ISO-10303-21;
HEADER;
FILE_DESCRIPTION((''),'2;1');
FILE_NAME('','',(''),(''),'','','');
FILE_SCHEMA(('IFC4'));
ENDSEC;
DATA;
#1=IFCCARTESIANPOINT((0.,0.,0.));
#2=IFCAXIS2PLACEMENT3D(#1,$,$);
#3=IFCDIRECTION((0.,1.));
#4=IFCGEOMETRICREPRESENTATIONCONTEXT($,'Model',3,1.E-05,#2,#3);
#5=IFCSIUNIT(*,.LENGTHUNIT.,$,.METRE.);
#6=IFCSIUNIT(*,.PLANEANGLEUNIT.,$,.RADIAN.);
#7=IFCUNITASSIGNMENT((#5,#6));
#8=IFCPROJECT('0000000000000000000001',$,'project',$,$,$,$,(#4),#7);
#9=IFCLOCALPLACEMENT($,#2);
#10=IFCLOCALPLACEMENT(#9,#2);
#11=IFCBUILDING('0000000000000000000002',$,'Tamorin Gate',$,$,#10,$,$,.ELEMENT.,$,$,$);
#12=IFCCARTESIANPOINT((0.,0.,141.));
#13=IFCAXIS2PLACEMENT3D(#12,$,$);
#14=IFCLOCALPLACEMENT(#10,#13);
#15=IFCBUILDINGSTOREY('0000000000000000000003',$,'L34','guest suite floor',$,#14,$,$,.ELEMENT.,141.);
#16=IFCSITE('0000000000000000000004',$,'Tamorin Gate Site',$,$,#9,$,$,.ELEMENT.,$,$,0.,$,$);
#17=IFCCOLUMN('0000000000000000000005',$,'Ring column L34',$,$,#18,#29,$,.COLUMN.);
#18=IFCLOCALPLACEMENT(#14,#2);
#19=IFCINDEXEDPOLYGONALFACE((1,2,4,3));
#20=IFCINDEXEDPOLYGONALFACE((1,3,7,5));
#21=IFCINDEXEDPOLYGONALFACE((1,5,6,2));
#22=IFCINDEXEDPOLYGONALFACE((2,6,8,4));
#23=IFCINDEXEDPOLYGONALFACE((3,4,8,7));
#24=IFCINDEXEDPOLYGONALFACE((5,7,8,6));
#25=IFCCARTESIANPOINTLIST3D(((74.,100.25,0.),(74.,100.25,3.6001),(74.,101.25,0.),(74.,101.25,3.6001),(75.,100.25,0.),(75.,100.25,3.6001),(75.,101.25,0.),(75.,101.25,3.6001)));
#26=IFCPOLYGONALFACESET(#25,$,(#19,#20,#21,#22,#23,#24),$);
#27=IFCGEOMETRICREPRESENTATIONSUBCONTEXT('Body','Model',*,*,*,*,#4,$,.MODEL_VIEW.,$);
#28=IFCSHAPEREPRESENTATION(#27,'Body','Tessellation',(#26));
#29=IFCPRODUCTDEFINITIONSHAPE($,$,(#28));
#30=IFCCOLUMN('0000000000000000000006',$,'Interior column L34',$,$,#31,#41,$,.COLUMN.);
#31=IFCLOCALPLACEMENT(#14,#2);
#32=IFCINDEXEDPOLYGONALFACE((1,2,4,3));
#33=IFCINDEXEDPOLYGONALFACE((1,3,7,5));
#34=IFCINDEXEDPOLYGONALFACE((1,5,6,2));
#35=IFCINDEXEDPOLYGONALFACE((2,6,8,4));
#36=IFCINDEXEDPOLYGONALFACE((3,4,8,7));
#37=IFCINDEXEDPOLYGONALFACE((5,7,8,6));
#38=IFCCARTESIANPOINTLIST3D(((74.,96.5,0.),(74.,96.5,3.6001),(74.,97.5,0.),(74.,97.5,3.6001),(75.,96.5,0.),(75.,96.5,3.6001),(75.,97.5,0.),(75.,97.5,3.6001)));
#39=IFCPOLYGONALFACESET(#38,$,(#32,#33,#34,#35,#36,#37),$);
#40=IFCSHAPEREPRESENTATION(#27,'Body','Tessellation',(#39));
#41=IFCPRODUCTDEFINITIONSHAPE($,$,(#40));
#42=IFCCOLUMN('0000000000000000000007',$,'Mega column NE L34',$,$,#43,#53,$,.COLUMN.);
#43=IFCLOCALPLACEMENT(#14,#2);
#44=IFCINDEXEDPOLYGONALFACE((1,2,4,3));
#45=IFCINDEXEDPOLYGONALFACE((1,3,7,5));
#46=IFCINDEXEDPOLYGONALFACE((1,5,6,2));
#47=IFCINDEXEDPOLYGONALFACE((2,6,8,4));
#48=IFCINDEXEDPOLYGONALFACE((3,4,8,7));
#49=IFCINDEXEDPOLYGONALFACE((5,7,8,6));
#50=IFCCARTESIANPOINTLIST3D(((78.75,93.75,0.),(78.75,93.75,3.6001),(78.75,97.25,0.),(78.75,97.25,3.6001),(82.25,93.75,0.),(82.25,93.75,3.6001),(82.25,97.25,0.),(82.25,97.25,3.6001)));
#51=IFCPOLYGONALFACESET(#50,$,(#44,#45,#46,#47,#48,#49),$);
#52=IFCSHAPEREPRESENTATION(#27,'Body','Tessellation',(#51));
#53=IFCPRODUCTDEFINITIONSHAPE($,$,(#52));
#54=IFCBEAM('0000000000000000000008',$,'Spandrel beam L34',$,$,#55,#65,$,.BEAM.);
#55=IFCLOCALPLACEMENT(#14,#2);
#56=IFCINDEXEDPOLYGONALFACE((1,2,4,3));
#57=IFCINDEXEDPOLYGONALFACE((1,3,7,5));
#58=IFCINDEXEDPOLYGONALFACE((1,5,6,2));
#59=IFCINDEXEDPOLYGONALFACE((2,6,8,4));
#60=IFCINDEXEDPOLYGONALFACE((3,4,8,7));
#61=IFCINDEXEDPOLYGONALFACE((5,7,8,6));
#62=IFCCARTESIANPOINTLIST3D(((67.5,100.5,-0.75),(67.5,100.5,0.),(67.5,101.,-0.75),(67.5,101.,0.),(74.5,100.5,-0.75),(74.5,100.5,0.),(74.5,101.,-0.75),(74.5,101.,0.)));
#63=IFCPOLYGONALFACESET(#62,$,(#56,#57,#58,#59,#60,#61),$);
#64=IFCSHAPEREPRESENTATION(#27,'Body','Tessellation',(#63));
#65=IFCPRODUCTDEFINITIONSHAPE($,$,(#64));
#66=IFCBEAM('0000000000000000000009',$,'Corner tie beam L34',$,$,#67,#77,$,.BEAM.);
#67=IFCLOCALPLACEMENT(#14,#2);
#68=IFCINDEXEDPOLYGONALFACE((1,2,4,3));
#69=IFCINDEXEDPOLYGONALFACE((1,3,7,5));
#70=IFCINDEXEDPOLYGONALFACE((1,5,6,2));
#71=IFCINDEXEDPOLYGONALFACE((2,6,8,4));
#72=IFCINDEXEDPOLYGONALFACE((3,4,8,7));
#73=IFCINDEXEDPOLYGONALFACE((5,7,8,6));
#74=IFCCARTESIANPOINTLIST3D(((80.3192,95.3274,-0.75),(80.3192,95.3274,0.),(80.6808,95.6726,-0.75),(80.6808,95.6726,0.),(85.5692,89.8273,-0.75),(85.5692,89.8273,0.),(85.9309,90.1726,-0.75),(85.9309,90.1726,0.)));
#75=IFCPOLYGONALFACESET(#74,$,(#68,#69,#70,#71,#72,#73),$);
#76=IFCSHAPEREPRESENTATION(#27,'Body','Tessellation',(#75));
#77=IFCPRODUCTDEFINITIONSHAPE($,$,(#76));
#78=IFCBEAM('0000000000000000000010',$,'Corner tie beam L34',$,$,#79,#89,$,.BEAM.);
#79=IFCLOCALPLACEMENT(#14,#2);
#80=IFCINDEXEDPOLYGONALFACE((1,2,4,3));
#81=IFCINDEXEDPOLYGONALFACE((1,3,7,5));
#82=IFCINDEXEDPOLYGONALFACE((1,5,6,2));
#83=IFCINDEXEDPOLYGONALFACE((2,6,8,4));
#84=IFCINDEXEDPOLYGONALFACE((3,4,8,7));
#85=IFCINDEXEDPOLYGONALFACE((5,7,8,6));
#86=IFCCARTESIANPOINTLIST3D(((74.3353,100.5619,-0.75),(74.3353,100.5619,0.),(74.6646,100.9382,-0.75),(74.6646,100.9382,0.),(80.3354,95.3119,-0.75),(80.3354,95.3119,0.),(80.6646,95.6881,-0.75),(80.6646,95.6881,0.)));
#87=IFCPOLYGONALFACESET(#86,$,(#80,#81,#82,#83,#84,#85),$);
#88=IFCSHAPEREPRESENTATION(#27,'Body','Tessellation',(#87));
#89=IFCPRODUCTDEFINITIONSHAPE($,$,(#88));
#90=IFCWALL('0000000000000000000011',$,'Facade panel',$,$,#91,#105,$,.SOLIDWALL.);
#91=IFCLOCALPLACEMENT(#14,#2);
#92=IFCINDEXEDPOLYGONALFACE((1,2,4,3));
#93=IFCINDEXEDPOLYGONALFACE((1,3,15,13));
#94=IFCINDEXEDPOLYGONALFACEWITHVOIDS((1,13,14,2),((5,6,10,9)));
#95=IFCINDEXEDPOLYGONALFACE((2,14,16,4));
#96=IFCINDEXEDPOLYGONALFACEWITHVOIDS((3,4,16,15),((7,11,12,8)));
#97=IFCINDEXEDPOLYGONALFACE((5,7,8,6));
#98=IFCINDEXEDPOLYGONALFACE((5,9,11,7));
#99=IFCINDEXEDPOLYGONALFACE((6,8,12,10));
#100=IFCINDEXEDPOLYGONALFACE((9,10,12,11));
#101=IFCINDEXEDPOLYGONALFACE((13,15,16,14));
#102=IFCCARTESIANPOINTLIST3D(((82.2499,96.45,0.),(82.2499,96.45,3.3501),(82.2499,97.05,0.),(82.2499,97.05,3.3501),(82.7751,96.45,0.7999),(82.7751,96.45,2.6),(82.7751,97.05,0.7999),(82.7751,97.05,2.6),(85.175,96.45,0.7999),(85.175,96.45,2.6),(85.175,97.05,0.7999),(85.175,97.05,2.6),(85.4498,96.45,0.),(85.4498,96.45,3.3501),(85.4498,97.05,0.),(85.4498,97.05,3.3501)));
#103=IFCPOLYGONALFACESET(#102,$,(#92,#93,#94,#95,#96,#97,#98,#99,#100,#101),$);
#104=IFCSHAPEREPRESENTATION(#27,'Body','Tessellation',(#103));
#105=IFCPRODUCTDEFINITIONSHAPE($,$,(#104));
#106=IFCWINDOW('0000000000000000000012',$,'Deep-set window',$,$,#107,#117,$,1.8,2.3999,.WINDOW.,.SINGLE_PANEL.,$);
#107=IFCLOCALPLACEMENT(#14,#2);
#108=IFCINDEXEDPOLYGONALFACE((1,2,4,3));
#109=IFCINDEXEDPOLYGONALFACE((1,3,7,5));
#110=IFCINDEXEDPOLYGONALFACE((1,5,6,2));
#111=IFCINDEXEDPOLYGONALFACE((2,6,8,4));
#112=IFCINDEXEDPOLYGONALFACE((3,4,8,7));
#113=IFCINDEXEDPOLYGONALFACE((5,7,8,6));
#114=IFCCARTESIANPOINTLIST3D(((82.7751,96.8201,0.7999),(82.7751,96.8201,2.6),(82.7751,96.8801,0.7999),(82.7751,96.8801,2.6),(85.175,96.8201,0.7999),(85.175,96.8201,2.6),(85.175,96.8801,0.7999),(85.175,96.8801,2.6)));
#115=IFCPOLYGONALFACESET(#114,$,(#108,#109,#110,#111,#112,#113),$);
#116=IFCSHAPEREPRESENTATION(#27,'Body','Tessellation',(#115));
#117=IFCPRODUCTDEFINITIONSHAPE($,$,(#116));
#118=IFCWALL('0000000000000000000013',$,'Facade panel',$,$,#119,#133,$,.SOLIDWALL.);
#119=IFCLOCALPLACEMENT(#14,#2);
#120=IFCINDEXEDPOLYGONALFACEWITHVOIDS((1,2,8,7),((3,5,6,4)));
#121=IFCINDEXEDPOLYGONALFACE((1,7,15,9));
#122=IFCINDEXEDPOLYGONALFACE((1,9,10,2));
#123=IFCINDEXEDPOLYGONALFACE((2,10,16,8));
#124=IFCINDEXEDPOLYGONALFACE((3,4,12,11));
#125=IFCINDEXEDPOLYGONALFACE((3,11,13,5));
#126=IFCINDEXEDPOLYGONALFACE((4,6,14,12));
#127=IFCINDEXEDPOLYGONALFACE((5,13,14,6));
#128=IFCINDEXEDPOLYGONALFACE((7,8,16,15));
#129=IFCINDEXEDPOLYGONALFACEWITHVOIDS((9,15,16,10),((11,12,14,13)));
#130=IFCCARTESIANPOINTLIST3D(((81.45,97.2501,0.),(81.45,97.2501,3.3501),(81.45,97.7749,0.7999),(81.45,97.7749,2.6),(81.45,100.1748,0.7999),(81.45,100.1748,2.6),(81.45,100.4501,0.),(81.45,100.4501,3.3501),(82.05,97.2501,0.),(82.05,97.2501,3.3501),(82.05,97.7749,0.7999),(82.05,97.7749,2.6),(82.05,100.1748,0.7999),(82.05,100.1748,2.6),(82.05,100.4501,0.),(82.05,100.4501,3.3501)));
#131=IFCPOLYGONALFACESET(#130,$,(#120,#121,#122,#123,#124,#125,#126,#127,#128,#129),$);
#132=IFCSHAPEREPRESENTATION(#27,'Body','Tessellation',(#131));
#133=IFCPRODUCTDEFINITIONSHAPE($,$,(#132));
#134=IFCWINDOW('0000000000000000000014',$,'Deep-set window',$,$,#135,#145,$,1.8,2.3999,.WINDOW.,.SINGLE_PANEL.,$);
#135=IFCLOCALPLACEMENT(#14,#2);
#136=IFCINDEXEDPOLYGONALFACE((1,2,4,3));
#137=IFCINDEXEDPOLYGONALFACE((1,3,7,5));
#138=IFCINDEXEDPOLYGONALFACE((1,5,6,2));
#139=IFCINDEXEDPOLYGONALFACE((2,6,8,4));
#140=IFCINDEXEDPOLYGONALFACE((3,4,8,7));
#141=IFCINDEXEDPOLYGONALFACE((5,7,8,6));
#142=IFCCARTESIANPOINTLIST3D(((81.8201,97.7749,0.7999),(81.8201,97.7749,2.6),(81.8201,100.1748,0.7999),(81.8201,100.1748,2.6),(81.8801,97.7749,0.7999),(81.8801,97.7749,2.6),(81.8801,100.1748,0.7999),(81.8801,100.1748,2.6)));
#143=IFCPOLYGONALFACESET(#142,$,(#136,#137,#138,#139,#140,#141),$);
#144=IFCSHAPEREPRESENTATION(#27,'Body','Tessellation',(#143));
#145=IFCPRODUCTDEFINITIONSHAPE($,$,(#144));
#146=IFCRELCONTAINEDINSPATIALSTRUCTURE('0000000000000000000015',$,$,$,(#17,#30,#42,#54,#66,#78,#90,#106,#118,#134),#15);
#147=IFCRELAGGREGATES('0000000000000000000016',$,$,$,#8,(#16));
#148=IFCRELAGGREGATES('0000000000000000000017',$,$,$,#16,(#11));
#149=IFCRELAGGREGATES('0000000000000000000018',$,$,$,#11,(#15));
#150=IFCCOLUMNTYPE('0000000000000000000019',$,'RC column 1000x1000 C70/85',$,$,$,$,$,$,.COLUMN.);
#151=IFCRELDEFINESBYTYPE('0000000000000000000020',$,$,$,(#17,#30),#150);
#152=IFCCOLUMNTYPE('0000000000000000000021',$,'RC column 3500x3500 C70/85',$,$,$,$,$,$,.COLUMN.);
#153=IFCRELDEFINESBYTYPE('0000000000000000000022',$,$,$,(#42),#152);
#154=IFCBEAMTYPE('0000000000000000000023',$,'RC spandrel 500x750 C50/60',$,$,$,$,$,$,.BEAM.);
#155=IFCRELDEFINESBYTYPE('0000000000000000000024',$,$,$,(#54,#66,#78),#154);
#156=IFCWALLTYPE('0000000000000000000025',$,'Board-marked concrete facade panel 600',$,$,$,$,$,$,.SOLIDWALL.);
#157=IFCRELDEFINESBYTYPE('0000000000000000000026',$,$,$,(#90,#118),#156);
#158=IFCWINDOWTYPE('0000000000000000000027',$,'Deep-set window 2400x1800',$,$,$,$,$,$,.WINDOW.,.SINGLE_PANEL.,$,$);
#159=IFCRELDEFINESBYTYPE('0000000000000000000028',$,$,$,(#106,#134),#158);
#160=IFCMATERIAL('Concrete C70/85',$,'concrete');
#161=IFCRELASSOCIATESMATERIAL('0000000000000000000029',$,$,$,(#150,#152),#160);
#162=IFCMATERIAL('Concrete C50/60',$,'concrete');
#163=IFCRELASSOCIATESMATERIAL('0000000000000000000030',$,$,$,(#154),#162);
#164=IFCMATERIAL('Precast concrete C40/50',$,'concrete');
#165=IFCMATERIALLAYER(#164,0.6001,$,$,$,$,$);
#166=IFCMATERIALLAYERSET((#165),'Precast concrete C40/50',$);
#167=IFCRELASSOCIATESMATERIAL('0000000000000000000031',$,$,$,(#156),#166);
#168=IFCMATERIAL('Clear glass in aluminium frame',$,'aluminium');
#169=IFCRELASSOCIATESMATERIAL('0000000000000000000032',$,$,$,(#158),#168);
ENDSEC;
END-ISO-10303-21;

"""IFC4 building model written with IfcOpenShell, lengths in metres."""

from ifc_helpers import new_model, si_unit, direction, frame, frame_2d, origin, origin_2d, place, context, subcontext, project, spatial, rectangle, extrude, material, layer, layer_set, material_profile, profile_set, type_object, element, fill, save


model = new_model("IFC4")

# Units and contexts
model_context = context("Model", 3, precision=1e-05, world=origin(), true_north=direction((0.0, 1.0)))
body_context = subcontext(model_context, "Body", "Model", "MODEL_VIEW")
ifc_project = project(units=[si_unit("LENGTHUNIT", "METRE"), si_unit("PLANEANGLEUNIT", "RADIAN")], contexts=[model_context])

# Site, building, storey
site_placement = place(None, origin())
site = spatial("IfcSite", under=ifc_project, at=site_placement, Name="Tamorin Gate Site", CompositionType="ELEMENT", RefElevation=0.0)
building_placement = place(site_placement, origin())
building = spatial("IfcBuilding", under=site, at=building_placement, Name="Tamorin Gate", CompositionType="ELEMENT")
storey_placement = place(building_placement, frame((0.0, 0.0, 141.0)))
storey = spatial("IfcBuildingStorey", under=building, at=storey_placement, Name="L34", Description="guest suite floor", CompositionType="ELEMENT", Elevation=141.0)

# Columns
ifc_material_1 = material(Name="Concrete C70/85", Category="concrete")
ifc_material_profile_1 = material_profile(ifc_material_1, rectangle(XDim=1.0, YDim=1.0, at=origin_2d()), Name="RC 1000x1000")
ifc_profile_set_1 = profile_set([ifc_material_profile_1], Name="Concrete C70/85")
column_type_1 = type_object("IfcColumnType", Name="RC column 1000x1000 C70/85", PredefinedType="COLUMN", material=ifc_profile_set_1)
for number, where, z_axis, x_axis, name in (
    (1, (74.5, 100.75, 0.0), (0.0, 0.0, 1.0), (1.0, 0.0, 0.0), "Ring column L34"),
    (2, (74.5, 97.0, 0.0), (0.0, 0.0, 1.0), (1.0, 0.0, 0.0), "Interior column L34"),
):
    element("IfcColumn", number, at=place(storey_placement, frame(where, z_axis=z_axis, x_axis=x_axis)), inside=storey, type_object=column_type_1, Name=name, PredefinedType="COLUMN", context=body_context, shape_type="SweptSolid", body=[
        extrude(rectangle(XDim=1.0, YDim=1.0, at=origin_2d()), origin(), (0.0, 0.0, 1.0), 3.6001),
    ])
ifc_material_profile_2 = material_profile(ifc_material_1, rectangle(XDim=3.5, YDim=3.5, at=origin_2d()), Name="RC 3500x3500")
ifc_profile_set_2 = profile_set([ifc_material_profile_2], Name="Concrete C70/85")
column_type_2 = type_object("IfcColumnType", Name="RC column 3500x3500 C70/85", PredefinedType="COLUMN", material=ifc_profile_set_2)
column_placement = place(storey_placement, frame((80.5, 95.5, 0.0), z_axis=(0.0, 0.0, 1.0), x_axis=(1.0, 0.0, 0.0)))
element("IfcColumn", 3, at=column_placement, inside=storey, type_object=column_type_2, Name="Mega column NE L34", PredefinedType="COLUMN", context=body_context, shape_type="SweptSolid", body=[
    extrude(rectangle(XDim=3.5, YDim=3.5, at=origin_2d()), origin(), (0.0, 0.0, 1.0), 3.6001),
])

# Beams
ifc_material_2 = material(Name="Concrete C50/60", Category="concrete")
ifc_material_profile_3 = material_profile(ifc_material_2, rectangle(XDim=0.5, YDim=0.75, at=origin_2d()), Name="RC 500x750")
ifc_profile_set_3 = profile_set([ifc_material_profile_3], Name="Concrete C50/60")
beam_type = type_object("IfcBeamType", Name="RC spandrel 500x750 C50/60", PredefinedType="BEAM", material=ifc_profile_set_3)
beam_1_placement = place(storey_placement, frame((74.5, 100.75, -0.375), z_axis=(-1.0, 0.0, 0.0), x_axis=(0.0, -1.0, 0.0)))
element("IfcBeam", 4, at=beam_1_placement, inside=storey, type_object=beam_type, Name="Spandrel beam L34", PredefinedType="BEAM", context=body_context, shape_type="SweptSolid", body=[
    extrude(rectangle(XDim=0.5, YDim=0.75, at=origin_2d()), origin(), (0.0, 0.0, 1.0), 7.0),
])
beam_2_placement = place(storey_placement, frame((80.5, 95.5, -0.375), z_axis=(0.690476, -0.723356, 0.0), x_axis=(0.723356, 0.690476, 0.0)))
element("IfcBeam", 5, at=beam_2_placement, inside=storey, type_object=beam_type, Name="Corner tie beam L34", PredefinedType="BEAM", context=body_context, shape_type="SweptSolid", body=[
    extrude(rectangle(XDim=0.5, YDim=0.75, at=origin_2d()), origin(), (0.0, 0.0, 1.0), 7.6035),
])
beam_3_placement = place(storey_placement, frame((80.5, 95.5, -0.375), z_axis=(-0.752577, 0.658505, 0.0), x_axis=(-0.658505, -0.752577, 0.0)))
element("IfcBeam", 6, at=beam_3_placement, inside=storey, type_object=beam_type, Name="Corner tie beam L34", PredefinedType="BEAM", context=body_context, shape_type="SweptSolid", body=[
    extrude(rectangle(XDim=0.5, YDim=0.75, at=origin_2d()), origin(), (0.0, 0.0, 1.0), 7.9727),
])

# Walls, openings, windows
ifc_material_3 = material(Name="Precast concrete C40/50", Category="concrete")
ifc_layer_1 = layer(ifc_material_3, 0.6001)
ifc_layer_set_1 = layer_set([ifc_layer_1], Name="Precast concrete C40/50")
wall_type_1 = type_object("IfcWallType", Name="Board-marked concrete facade panel 600", PredefinedType="SOLIDWALL", material=ifc_layer_set_1)
wall_1_placement = place(storey_placement, frame((85.45, 96.75, 0.0), z_axis=(0.0, 0.0, 1.0), x_axis=(-1.0, 0.0, 0.0)))
wall_1 = element("IfcWall", 7, at=wall_1_placement, inside=storey, type_object=wall_type_1, Name="Facade panel", PredefinedType="SOLIDWALL", context=body_context, shape_type="SweptSolid", body=[
    extrude(rectangle(XDim=3.2, YDim=0.6001, at=frame_2d((1.6001, 0.0))), origin(), (0.0, 0.0, 1.0), 3.3501),
])
opening_1_placement = place(wall_1_placement, frame((0.2749, 0.0, 0.8)))
opening_1 = element("IfcOpeningElement", 8, at=opening_1_placement, cuts=wall_1, PredefinedType="OPENING", context=body_context, shape_type="SweptSolid", body=[
    extrude(rectangle(XDim=2.3999, YDim=1.8, at=frame_2d((1.2, 0.8999))), frame((0.0, 0.3101, 0.0), z_axis=(0.0, -1.0, 0.0), x_axis=(1.0, 0.0, 0.0)), (0.0, 0.0, 1.0), 0.6201),
])
ifc_material_4 = material(Name="Clear glass in aluminium frame", Category="aluminium")
window_type_1 = type_object("IfcWindowType", Name="Deep-set window 2400x1800", PartitioningType="SINGLE_PANEL", PredefinedType="WINDOW", material=ifc_material_4)
window_1_placement = place(opening_1_placement, origin())
window_1 = element("IfcWindow", 9, at=window_1_placement, inside=storey, type_object=window_type_1, Name="Deep-set window", OverallHeight=1.8, OverallWidth=2.3999, PartitioningType="SINGLE_PANEL", PredefinedType="WINDOW", context=body_context, shape_type="SweptSolid", body=[
    extrude(rectangle(XDim=2.3999, YDim=1.8, at=frame_2d((1.2, 0.8999))), frame((0.0, -0.0701, 0.0), z_axis=(0.0, -1.0, 0.0), x_axis=(1.0, 0.0, 0.0)), (0.0, 0.0, 1.0), 0.0601),
])
fill(opening_1, window_1)
wall_2_placement = place(storey_placement, frame((81.75, 97.25, 0.0), z_axis=(0.0, 0.0, 1.0), x_axis=(0.0, 1.0, 0.0)))
wall_2 = element("IfcWall", 10, at=wall_2_placement, inside=storey, type_object=wall_type_1, Name="Facade panel", PredefinedType="SOLIDWALL", context=body_context, shape_type="SweptSolid", body=[
    extrude(rectangle(XDim=3.2, YDim=0.6001, at=frame_2d((1.6001, 0.0))), origin(), (0.0, 0.0, 1.0), 3.3501),
])
opening_2_placement = place(wall_2_placement, frame((0.5249, 0.0, 0.8)))
opening_2 = element("IfcOpeningElement", 11, at=opening_2_placement, cuts=wall_2, PredefinedType="OPENING", context=body_context, shape_type="SweptSolid", body=[
    extrude(rectangle(XDim=2.3999, YDim=1.8, at=frame_2d((1.2, 0.8999))), frame((0.0, 0.3101, 0.0), z_axis=(0.0, -1.0, 0.0), x_axis=(1.0, 0.0, 0.0)), (0.0, 0.0, 1.0), 0.6201),
])
window_2_placement = place(opening_2_placement, origin())
window_2 = element("IfcWindow", 12, at=window_2_placement, inside=storey, type_object=window_type_1, Name="Deep-set window", OverallHeight=1.8, OverallWidth=2.3999, PartitioningType="SINGLE_PANEL", PredefinedType="WINDOW", context=body_context, shape_type="SweptSolid", body=[
    extrude(rectangle(XDim=2.3999, YDim=1.8, at=frame_2d((1.2, 0.8999))), frame((0.0, -0.0701, 0.0), z_axis=(0.0, -1.0, 0.0), x_axis=(1.0, 0.0, 0.0)), (0.0, 0.0, 1.0), 0.0601),
])
fill(opening_2, window_2)

save(model, "model.ifc")
